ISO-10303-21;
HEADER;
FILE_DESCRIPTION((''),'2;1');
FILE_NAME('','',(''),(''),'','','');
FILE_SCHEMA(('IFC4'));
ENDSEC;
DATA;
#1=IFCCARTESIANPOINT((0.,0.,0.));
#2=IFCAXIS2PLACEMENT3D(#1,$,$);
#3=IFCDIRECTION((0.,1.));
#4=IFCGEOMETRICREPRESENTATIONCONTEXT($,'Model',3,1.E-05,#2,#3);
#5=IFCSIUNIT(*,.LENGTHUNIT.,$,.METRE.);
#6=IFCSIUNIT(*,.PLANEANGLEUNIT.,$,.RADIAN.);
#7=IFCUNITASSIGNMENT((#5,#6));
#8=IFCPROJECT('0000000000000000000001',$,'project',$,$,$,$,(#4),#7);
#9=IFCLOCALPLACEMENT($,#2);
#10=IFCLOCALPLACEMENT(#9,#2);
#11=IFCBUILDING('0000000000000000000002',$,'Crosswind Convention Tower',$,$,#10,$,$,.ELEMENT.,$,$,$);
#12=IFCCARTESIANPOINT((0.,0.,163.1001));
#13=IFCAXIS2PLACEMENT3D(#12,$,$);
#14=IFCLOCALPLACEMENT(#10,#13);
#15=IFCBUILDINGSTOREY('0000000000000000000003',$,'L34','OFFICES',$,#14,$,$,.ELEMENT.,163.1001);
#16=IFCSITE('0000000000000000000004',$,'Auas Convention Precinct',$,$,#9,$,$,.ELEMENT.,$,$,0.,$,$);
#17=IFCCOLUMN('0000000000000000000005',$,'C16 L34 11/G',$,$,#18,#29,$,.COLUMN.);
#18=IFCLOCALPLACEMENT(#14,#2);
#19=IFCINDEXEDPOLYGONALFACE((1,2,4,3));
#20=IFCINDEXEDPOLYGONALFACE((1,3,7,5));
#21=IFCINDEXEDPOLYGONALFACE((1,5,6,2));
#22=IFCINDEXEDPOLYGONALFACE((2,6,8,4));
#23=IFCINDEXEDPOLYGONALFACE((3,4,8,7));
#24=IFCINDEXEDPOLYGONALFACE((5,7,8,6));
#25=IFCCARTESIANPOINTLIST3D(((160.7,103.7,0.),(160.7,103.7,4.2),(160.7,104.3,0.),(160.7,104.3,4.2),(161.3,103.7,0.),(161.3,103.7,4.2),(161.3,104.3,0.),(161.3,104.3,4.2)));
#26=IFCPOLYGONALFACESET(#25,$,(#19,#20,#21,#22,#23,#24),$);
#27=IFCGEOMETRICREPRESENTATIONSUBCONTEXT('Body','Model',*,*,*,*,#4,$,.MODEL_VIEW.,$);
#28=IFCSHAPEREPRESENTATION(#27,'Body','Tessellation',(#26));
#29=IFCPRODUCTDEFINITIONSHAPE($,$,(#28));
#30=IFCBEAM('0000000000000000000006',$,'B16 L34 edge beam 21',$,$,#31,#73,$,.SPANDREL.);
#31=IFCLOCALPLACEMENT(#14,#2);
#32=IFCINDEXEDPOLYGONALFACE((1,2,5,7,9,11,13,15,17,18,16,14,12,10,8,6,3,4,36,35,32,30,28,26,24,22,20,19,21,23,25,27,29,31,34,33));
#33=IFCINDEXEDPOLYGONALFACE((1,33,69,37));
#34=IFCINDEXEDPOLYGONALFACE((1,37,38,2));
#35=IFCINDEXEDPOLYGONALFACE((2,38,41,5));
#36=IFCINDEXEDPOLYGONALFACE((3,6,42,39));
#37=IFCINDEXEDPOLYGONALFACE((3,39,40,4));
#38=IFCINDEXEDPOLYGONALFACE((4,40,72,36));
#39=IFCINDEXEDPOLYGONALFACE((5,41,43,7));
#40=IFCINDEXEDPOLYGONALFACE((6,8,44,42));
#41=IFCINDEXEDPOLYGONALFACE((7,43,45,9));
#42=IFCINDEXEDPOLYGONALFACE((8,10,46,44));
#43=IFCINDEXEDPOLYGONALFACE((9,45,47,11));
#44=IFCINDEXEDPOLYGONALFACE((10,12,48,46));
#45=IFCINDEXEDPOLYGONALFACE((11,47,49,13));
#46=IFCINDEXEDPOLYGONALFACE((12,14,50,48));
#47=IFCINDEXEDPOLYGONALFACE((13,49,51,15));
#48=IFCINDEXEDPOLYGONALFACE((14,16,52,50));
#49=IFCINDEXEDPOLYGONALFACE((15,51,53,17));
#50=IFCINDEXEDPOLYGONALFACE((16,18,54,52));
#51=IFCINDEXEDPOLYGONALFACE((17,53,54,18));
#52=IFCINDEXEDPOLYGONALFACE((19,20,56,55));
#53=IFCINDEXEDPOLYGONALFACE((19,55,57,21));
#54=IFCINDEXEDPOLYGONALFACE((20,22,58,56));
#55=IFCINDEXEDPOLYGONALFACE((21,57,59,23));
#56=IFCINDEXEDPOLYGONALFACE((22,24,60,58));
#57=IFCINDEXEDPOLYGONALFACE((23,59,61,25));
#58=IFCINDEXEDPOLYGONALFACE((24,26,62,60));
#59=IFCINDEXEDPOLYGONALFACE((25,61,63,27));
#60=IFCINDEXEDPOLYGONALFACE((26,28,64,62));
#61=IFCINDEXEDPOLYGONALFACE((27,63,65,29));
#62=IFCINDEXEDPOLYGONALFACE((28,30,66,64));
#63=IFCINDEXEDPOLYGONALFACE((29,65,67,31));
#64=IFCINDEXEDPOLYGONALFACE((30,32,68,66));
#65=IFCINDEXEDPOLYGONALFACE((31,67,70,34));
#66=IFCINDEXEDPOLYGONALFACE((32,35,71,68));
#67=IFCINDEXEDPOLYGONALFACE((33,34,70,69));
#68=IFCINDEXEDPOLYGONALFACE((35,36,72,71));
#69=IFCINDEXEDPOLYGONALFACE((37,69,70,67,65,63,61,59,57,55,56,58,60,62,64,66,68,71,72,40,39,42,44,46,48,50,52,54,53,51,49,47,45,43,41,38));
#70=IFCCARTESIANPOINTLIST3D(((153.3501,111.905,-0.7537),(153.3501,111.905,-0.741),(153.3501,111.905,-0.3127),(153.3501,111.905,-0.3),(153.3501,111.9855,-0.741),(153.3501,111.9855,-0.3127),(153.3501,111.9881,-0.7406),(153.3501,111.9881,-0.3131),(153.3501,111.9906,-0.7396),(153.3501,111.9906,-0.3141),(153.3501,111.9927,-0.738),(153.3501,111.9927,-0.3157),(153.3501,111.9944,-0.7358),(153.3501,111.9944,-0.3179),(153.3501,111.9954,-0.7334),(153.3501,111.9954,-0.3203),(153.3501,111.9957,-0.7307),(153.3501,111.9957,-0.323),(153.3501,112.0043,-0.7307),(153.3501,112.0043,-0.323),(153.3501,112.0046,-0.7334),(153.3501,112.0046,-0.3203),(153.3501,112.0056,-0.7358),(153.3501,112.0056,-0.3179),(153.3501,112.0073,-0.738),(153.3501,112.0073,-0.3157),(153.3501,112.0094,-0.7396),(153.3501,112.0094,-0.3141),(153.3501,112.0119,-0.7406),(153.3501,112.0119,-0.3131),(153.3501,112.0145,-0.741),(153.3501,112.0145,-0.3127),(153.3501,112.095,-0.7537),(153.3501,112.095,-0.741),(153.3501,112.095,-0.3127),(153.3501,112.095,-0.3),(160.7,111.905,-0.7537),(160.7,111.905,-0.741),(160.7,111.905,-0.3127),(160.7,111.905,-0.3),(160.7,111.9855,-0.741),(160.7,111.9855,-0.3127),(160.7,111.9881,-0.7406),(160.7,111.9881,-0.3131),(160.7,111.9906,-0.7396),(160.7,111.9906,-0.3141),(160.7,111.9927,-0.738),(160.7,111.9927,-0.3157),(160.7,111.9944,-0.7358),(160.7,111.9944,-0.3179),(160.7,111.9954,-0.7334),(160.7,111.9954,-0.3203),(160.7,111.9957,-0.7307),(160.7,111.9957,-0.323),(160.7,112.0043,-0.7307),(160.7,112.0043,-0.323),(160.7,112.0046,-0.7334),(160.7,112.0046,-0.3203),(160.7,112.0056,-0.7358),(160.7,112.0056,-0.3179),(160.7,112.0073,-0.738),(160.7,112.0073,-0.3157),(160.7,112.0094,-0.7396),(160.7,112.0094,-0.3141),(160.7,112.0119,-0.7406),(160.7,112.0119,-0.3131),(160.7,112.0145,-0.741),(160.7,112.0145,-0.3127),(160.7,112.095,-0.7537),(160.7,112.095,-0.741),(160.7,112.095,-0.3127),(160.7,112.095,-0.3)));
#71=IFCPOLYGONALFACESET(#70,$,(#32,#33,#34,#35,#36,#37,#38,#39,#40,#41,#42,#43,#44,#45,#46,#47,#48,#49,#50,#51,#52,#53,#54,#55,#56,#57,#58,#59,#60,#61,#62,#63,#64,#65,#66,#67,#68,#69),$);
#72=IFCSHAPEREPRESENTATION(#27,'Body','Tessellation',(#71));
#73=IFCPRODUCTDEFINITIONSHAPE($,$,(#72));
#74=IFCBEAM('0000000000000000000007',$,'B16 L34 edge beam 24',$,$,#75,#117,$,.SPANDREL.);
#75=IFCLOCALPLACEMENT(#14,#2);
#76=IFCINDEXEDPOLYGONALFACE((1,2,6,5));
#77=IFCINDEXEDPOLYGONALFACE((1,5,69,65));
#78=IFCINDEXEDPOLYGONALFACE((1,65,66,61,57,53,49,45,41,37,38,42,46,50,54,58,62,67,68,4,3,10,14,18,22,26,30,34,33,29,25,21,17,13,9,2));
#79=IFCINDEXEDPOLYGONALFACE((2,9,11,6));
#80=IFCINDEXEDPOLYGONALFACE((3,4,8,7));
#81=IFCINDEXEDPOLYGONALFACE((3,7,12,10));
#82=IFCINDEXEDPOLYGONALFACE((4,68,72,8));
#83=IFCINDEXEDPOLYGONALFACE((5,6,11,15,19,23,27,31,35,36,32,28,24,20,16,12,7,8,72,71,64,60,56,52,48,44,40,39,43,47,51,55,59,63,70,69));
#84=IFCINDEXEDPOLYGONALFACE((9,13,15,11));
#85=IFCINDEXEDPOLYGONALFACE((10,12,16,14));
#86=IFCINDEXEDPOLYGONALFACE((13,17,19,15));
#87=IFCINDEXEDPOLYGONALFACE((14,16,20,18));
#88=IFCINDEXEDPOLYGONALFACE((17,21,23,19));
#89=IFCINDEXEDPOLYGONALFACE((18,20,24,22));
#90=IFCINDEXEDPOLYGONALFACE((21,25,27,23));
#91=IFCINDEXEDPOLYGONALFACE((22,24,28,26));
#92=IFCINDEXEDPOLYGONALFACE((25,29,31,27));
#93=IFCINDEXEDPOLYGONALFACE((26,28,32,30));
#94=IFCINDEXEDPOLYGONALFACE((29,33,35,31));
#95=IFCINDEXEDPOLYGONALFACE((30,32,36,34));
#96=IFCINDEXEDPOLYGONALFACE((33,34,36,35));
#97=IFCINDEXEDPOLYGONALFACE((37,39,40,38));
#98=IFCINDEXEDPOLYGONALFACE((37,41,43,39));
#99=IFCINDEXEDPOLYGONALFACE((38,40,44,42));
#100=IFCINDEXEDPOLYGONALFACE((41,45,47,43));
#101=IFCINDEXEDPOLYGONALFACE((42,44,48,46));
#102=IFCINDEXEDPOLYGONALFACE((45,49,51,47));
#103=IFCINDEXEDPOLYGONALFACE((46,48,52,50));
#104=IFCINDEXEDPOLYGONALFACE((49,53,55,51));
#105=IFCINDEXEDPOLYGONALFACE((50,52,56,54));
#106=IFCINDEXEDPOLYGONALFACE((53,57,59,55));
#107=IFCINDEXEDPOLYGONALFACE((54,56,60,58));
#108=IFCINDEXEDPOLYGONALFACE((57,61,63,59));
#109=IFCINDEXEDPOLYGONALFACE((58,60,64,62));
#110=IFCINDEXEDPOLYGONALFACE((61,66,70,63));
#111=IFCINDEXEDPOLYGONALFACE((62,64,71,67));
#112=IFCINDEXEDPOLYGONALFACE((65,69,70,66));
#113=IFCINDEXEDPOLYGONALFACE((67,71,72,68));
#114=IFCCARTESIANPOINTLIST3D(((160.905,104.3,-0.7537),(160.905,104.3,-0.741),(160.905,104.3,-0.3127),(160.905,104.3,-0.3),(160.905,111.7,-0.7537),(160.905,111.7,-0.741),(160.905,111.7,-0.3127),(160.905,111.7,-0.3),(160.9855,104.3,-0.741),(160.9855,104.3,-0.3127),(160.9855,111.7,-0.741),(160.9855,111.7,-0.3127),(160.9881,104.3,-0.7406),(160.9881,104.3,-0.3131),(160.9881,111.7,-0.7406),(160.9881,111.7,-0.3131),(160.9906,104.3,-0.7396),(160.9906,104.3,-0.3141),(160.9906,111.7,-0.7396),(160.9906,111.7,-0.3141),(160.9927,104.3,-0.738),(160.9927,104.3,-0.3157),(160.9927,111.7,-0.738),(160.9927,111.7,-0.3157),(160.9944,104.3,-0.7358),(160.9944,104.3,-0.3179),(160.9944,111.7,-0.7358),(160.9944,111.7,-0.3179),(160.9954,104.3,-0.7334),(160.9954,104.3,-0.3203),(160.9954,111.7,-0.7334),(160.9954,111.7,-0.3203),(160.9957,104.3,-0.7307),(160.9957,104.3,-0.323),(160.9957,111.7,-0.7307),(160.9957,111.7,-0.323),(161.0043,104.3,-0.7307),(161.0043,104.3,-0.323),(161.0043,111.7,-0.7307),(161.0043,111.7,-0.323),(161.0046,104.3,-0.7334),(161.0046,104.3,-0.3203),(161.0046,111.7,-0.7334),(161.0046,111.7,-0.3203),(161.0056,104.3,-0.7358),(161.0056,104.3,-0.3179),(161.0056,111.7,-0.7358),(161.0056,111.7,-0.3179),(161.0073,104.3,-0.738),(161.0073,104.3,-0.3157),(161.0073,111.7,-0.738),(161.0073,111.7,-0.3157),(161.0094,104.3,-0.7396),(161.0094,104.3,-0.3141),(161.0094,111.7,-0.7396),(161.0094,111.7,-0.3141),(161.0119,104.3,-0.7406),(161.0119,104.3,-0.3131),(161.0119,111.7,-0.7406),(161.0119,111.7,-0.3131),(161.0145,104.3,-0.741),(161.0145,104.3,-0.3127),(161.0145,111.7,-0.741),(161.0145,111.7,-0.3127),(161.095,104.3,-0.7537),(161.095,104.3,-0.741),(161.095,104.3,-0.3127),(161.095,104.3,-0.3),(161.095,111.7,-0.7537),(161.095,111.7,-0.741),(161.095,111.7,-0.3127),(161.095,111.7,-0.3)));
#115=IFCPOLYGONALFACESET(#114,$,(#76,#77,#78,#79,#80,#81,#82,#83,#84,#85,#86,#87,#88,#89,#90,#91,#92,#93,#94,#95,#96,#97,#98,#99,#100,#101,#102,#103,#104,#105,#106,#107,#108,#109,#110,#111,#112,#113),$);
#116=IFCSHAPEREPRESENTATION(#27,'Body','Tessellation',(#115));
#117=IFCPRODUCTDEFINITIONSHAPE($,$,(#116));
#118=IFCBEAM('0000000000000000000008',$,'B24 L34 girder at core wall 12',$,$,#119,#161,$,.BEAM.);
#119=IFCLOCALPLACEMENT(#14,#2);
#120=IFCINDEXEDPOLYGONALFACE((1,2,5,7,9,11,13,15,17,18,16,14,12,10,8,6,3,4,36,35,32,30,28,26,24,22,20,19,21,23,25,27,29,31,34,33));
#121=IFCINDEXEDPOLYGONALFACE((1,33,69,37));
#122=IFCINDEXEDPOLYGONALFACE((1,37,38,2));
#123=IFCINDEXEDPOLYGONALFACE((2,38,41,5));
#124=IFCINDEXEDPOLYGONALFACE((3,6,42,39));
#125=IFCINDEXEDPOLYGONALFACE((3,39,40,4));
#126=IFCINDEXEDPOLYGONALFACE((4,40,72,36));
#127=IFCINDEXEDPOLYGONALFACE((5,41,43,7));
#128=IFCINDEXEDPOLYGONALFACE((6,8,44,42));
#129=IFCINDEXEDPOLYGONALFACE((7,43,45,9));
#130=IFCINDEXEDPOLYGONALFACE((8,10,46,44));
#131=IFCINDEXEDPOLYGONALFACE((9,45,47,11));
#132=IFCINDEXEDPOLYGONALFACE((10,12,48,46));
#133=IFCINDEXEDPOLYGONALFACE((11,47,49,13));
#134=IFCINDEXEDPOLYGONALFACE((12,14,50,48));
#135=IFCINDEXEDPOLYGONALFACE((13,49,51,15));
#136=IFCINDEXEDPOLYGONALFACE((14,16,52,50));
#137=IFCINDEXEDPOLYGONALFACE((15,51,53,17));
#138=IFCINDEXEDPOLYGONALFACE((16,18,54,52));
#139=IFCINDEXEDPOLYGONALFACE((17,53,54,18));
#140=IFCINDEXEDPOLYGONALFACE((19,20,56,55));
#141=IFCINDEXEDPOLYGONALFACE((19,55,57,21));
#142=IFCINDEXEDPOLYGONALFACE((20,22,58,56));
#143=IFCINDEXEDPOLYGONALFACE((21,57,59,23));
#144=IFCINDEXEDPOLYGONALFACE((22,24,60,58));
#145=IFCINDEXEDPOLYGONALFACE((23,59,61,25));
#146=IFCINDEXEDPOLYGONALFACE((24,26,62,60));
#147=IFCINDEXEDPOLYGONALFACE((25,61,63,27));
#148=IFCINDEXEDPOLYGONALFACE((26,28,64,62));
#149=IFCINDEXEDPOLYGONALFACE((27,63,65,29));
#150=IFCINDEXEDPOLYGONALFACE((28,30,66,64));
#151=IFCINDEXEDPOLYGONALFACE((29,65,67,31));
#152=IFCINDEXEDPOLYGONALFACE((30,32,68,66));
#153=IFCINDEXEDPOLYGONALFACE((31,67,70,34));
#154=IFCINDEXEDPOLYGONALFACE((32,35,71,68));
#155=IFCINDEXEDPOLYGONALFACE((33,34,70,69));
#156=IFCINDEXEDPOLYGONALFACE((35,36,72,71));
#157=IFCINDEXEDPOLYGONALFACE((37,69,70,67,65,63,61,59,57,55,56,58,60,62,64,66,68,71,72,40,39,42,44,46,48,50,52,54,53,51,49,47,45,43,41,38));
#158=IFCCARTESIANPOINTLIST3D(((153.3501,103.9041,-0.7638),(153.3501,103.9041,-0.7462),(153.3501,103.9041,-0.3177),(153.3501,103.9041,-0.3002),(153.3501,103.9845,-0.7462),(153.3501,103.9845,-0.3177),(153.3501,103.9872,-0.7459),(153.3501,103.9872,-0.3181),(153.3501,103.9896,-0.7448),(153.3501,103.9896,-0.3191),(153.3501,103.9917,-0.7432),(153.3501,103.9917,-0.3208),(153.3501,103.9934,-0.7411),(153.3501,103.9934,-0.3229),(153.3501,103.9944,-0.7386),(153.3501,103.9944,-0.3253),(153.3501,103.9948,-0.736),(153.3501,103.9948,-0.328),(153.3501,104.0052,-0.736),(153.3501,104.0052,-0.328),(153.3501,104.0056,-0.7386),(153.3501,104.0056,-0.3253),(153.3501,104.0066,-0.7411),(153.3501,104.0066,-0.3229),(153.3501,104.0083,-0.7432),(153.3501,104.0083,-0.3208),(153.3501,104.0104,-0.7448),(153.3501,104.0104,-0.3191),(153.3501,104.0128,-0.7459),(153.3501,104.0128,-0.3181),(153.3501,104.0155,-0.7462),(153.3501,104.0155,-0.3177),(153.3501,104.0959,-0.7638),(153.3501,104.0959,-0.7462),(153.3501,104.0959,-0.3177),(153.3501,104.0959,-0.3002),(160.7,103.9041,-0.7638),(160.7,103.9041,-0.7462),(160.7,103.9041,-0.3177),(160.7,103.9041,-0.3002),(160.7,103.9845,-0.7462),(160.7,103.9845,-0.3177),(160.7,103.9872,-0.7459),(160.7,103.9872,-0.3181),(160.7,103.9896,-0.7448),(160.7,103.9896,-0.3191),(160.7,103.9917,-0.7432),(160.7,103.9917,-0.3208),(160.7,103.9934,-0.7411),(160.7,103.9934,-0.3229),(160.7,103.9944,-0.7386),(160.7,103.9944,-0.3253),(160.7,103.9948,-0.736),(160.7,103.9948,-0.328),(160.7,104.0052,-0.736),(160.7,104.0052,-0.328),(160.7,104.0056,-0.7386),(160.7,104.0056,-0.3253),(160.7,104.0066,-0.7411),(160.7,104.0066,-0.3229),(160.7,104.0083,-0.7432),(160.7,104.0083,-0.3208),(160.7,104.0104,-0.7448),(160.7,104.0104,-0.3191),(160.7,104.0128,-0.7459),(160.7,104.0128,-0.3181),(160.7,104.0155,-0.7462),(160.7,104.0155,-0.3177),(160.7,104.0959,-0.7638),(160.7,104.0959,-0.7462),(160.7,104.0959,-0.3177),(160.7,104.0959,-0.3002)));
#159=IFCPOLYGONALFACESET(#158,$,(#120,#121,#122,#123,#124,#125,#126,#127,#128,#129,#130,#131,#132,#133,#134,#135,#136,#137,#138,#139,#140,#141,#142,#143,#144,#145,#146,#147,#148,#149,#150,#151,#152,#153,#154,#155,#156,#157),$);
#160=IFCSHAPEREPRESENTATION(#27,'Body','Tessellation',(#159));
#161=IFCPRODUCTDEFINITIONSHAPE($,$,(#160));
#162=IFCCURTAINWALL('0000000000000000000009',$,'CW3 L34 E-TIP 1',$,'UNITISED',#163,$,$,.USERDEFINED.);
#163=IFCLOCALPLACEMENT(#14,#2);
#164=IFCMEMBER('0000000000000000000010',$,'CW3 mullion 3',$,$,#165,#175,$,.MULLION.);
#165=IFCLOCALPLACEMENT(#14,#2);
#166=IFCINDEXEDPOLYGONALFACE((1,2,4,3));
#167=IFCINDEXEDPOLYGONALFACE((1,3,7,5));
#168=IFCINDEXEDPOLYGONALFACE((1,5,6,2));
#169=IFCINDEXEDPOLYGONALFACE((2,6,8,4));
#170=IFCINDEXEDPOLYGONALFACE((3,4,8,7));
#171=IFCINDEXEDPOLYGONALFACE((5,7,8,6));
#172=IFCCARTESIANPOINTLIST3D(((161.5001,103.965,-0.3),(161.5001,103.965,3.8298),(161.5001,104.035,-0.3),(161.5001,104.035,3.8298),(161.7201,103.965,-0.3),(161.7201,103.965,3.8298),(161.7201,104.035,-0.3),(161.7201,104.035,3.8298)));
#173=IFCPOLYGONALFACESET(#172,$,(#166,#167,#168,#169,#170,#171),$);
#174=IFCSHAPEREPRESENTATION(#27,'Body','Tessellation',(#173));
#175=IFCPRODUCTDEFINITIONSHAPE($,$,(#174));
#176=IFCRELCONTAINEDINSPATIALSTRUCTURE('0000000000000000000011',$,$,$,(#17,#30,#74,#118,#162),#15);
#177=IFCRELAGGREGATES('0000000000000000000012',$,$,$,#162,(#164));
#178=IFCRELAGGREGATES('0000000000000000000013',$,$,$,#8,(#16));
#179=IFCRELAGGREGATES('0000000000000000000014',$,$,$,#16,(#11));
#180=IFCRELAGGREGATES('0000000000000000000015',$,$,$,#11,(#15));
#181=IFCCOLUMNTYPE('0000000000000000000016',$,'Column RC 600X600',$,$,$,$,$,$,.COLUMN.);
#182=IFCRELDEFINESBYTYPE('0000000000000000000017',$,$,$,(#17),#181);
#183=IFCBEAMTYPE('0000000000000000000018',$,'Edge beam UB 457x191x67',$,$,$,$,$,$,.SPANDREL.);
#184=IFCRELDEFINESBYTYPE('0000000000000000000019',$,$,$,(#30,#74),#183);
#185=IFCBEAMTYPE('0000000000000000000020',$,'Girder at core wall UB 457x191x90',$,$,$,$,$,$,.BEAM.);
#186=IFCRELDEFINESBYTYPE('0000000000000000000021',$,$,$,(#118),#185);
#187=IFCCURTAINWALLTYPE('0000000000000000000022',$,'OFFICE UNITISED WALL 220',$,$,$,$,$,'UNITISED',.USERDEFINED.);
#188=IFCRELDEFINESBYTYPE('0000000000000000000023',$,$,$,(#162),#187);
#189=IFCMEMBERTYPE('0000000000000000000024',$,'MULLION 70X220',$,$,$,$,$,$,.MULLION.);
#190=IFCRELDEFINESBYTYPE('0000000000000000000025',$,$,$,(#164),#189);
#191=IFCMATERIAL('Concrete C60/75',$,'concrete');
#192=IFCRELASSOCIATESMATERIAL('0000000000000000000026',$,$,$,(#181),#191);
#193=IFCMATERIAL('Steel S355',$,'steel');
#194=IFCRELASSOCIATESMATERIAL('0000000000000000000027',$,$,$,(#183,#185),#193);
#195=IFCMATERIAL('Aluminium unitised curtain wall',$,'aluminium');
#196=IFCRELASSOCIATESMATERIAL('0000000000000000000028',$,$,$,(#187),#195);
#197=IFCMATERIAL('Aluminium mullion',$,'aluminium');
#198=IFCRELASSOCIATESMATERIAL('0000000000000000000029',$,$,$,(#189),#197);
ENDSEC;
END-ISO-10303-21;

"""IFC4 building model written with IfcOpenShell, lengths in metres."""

from ifc_helpers import new_model, si_unit, direction, frame, origin, origin_2d, place, context, subcontext, project, spatial, rectangle, i_section, extrude, material, material_profile, profile_set, type_object, element, aggregate, save


model = new_model("IFC4")

# Units and contexts
model_context = context("Model", 3, precision=1e-05, world=origin(), true_north=direction((0.0, 1.0)))
body_context = subcontext(model_context, "Body", "Model", "MODEL_VIEW")
ifc_project = project(units=[si_unit("LENGTHUNIT", "METRE"), si_unit("PLANEANGLEUNIT", "RADIAN")], contexts=[model_context])

# Site, building, storey
site_placement = place(None, origin())
site = spatial("IfcSite", under=ifc_project, at=site_placement, Name="Auas Convention Precinct", CompositionType="ELEMENT", RefElevation=0.0)
building_placement = place(site_placement, origin())
building = spatial("IfcBuilding", under=site, at=building_placement, Name="Crosswind Convention Tower", CompositionType="ELEMENT")
storey_placement = place(building_placement, frame((0.0, 0.0, 163.1001)))
storey = spatial("IfcBuildingStorey", under=building, at=storey_placement, Name="L34", Description="OFFICES", CompositionType="ELEMENT", Elevation=163.1001)

# Column
ifc_material_1 = material(Name="Concrete C60/75", Category="concrete")
ifc_material_profile_1 = material_profile(ifc_material_1, rectangle(XDim=0.6001, YDim=0.6001, at=origin_2d()), Name="RC 600X600")
ifc_profile_set_1 = profile_set([ifc_material_profile_1], Name="Concrete C60/75")
column_type = type_object("IfcColumnType", Name="Column RC 600X600", PredefinedType="COLUMN", material=ifc_profile_set_1)
column_placement = place(storey_placement, frame((161.0, 104.0, 0.0), z_axis=(0.0, 0.0, 1.0), x_axis=(1.0, 0.0, 0.0)))
element("IfcColumn", 1, at=column_placement, inside=storey, type_object=column_type, Name="C16 L34 11/G", PredefinedType="COLUMN", context=body_context, shape_type="SweptSolid", body=[
    extrude(rectangle(XDim=0.6001, YDim=0.6001, at=origin_2d()), origin(), (0.0, 0.0, 1.0), 4.2),
])

# Beams
ifc_material_2 = material(Name="Steel S355", Category="steel")
ifc_material_profile_2 = material_profile(ifc_material_2, i_section(OverallWidth=0.1899, OverallDepth=0.4536, WebThickness=0.0085, FlangeThickness=0.0127, FilletRadius=0.0103, at=origin_2d()), Name="UB 457x191x67")
ifc_profile_set_2 = profile_set([ifc_material_profile_2], Name="Steel S355")
beam_type_1 = type_object("IfcBeamType", Name="Edge beam UB 457x191x67", PredefinedType="SPANDREL", material=ifc_profile_set_2)
beam_1_placement = place(storey_placement, frame((153.3501, 112.0, -0.5269), z_axis=(1.0, 0.0, 0.0), x_axis=(0.0, 1.0, 0.0)))
element("IfcBeam", 2, at=beam_1_placement, inside=storey, type_object=beam_type_1, Name="B16 L34 edge beam 21", PredefinedType="SPANDREL", context=body_context, shape_type="SweptSolid", body=[
    extrude(i_section(OverallWidth=0.1899, OverallDepth=0.4536, WebThickness=0.0085, FlangeThickness=0.0127, FilletRadius=0.0103, at=origin_2d()), origin(), (0.0, 0.0, 1.0), 7.3499),
])
beam_2_placement = place(storey_placement, frame((161.0, 104.3, -0.5269), z_axis=(0.0, 1.0, 0.0), x_axis=(-1.0, 0.0, 0.0)))
element("IfcBeam", 3, at=beam_2_placement, inside=storey, type_object=beam_type_1, Name="B16 L34 edge beam 24", PredefinedType="SPANDREL", context=body_context, shape_type="SweptSolid", body=[
    extrude(i_section(OverallWidth=0.1899, OverallDepth=0.4536, WebThickness=0.0085, FlangeThickness=0.0127, FilletRadius=0.0103, at=origin_2d()), origin(), (0.0, 0.0, 1.0), 7.3999),
])
ifc_material_profile_3 = material_profile(ifc_material_2, i_section(OverallWidth=0.1919, OverallDepth=0.4636, WebThickness=0.0105, FlangeThickness=0.0176, FilletRadius=0.0103, at=origin_2d()), Name="UB 457x191x90")
ifc_profile_set_3 = profile_set([ifc_material_profile_3], Name="Steel S355")
beam_type_2 = type_object("IfcBeamType", Name="Girder at core wall UB 457x191x90", PredefinedType="BEAM", material=ifc_profile_set_3)
beam_3_placement = place(storey_placement, frame((153.3501, 104.0, -0.532), z_axis=(1.0, 0.0, 0.0), x_axis=(0.0, 1.0, 0.0)))
element("IfcBeam", 4, at=beam_3_placement, inside=storey, type_object=beam_type_2, Name="B24 L34 girder at core wall 12", PredefinedType="BEAM", context=body_context, shape_type="SweptSolid", body=[
    extrude(i_section(OverallWidth=0.1919, OverallDepth=0.4636, WebThickness=0.0105, FlangeThickness=0.0176, FilletRadius=0.0103, at=origin_2d()), origin(), (0.0, 0.0, 1.0), 7.3499),
])

# Curtain wall, member
ifc_material_3 = material(Name="Aluminium unitised curtain wall", Category="aluminium")
curtain_wall_type = type_object("IfcCurtainWallType", Name="OFFICE UNITISED WALL 220", ElementType="UNITISED", PredefinedType="USERDEFINED", material=ifc_material_3)
curtain_wall_placement = place(storey_placement, origin())
curtain_wall = element("IfcCurtainWall", 5, at=curtain_wall_placement, inside=storey, type_object=curtain_wall_type, Name="CW3 L34 E-TIP 1", ObjectType="UNITISED", PredefinedType="USERDEFINED")
ifc_material_4 = material(Name="Aluminium mullion", Category="aluminium")
ifc_material_profile_4 = material_profile(ifc_material_4, rectangle(XDim=0.22, YDim=0.0701, at=origin_2d()), Name="AL 220X70")
ifc_profile_set_4 = profile_set([ifc_material_profile_4], Name="Aluminium mullion")
member_type = type_object("IfcMemberType", Name="MULLION 70X220", PredefinedType="MULLION", material=ifc_profile_set_4)
member_placement = place(storey_placement, frame((161.6101, 104.0, -0.3), z_axis=(0.0, 0.0, 1.0), x_axis=(1.0, 0.0, 0.0)))
member = element("IfcMember", 6, at=member_placement, type_object=member_type, Name="CW3 mullion 3", PredefinedType="MULLION", context=body_context, shape_type="SweptSolid", body=[
    extrude(rectangle(XDim=0.22, YDim=0.0701, at=origin_2d()), origin(), (0.0, 0.0, 1.0), 4.1299),
])

aggregate(curtain_wall, [member])

save(model, "model.ifc")
